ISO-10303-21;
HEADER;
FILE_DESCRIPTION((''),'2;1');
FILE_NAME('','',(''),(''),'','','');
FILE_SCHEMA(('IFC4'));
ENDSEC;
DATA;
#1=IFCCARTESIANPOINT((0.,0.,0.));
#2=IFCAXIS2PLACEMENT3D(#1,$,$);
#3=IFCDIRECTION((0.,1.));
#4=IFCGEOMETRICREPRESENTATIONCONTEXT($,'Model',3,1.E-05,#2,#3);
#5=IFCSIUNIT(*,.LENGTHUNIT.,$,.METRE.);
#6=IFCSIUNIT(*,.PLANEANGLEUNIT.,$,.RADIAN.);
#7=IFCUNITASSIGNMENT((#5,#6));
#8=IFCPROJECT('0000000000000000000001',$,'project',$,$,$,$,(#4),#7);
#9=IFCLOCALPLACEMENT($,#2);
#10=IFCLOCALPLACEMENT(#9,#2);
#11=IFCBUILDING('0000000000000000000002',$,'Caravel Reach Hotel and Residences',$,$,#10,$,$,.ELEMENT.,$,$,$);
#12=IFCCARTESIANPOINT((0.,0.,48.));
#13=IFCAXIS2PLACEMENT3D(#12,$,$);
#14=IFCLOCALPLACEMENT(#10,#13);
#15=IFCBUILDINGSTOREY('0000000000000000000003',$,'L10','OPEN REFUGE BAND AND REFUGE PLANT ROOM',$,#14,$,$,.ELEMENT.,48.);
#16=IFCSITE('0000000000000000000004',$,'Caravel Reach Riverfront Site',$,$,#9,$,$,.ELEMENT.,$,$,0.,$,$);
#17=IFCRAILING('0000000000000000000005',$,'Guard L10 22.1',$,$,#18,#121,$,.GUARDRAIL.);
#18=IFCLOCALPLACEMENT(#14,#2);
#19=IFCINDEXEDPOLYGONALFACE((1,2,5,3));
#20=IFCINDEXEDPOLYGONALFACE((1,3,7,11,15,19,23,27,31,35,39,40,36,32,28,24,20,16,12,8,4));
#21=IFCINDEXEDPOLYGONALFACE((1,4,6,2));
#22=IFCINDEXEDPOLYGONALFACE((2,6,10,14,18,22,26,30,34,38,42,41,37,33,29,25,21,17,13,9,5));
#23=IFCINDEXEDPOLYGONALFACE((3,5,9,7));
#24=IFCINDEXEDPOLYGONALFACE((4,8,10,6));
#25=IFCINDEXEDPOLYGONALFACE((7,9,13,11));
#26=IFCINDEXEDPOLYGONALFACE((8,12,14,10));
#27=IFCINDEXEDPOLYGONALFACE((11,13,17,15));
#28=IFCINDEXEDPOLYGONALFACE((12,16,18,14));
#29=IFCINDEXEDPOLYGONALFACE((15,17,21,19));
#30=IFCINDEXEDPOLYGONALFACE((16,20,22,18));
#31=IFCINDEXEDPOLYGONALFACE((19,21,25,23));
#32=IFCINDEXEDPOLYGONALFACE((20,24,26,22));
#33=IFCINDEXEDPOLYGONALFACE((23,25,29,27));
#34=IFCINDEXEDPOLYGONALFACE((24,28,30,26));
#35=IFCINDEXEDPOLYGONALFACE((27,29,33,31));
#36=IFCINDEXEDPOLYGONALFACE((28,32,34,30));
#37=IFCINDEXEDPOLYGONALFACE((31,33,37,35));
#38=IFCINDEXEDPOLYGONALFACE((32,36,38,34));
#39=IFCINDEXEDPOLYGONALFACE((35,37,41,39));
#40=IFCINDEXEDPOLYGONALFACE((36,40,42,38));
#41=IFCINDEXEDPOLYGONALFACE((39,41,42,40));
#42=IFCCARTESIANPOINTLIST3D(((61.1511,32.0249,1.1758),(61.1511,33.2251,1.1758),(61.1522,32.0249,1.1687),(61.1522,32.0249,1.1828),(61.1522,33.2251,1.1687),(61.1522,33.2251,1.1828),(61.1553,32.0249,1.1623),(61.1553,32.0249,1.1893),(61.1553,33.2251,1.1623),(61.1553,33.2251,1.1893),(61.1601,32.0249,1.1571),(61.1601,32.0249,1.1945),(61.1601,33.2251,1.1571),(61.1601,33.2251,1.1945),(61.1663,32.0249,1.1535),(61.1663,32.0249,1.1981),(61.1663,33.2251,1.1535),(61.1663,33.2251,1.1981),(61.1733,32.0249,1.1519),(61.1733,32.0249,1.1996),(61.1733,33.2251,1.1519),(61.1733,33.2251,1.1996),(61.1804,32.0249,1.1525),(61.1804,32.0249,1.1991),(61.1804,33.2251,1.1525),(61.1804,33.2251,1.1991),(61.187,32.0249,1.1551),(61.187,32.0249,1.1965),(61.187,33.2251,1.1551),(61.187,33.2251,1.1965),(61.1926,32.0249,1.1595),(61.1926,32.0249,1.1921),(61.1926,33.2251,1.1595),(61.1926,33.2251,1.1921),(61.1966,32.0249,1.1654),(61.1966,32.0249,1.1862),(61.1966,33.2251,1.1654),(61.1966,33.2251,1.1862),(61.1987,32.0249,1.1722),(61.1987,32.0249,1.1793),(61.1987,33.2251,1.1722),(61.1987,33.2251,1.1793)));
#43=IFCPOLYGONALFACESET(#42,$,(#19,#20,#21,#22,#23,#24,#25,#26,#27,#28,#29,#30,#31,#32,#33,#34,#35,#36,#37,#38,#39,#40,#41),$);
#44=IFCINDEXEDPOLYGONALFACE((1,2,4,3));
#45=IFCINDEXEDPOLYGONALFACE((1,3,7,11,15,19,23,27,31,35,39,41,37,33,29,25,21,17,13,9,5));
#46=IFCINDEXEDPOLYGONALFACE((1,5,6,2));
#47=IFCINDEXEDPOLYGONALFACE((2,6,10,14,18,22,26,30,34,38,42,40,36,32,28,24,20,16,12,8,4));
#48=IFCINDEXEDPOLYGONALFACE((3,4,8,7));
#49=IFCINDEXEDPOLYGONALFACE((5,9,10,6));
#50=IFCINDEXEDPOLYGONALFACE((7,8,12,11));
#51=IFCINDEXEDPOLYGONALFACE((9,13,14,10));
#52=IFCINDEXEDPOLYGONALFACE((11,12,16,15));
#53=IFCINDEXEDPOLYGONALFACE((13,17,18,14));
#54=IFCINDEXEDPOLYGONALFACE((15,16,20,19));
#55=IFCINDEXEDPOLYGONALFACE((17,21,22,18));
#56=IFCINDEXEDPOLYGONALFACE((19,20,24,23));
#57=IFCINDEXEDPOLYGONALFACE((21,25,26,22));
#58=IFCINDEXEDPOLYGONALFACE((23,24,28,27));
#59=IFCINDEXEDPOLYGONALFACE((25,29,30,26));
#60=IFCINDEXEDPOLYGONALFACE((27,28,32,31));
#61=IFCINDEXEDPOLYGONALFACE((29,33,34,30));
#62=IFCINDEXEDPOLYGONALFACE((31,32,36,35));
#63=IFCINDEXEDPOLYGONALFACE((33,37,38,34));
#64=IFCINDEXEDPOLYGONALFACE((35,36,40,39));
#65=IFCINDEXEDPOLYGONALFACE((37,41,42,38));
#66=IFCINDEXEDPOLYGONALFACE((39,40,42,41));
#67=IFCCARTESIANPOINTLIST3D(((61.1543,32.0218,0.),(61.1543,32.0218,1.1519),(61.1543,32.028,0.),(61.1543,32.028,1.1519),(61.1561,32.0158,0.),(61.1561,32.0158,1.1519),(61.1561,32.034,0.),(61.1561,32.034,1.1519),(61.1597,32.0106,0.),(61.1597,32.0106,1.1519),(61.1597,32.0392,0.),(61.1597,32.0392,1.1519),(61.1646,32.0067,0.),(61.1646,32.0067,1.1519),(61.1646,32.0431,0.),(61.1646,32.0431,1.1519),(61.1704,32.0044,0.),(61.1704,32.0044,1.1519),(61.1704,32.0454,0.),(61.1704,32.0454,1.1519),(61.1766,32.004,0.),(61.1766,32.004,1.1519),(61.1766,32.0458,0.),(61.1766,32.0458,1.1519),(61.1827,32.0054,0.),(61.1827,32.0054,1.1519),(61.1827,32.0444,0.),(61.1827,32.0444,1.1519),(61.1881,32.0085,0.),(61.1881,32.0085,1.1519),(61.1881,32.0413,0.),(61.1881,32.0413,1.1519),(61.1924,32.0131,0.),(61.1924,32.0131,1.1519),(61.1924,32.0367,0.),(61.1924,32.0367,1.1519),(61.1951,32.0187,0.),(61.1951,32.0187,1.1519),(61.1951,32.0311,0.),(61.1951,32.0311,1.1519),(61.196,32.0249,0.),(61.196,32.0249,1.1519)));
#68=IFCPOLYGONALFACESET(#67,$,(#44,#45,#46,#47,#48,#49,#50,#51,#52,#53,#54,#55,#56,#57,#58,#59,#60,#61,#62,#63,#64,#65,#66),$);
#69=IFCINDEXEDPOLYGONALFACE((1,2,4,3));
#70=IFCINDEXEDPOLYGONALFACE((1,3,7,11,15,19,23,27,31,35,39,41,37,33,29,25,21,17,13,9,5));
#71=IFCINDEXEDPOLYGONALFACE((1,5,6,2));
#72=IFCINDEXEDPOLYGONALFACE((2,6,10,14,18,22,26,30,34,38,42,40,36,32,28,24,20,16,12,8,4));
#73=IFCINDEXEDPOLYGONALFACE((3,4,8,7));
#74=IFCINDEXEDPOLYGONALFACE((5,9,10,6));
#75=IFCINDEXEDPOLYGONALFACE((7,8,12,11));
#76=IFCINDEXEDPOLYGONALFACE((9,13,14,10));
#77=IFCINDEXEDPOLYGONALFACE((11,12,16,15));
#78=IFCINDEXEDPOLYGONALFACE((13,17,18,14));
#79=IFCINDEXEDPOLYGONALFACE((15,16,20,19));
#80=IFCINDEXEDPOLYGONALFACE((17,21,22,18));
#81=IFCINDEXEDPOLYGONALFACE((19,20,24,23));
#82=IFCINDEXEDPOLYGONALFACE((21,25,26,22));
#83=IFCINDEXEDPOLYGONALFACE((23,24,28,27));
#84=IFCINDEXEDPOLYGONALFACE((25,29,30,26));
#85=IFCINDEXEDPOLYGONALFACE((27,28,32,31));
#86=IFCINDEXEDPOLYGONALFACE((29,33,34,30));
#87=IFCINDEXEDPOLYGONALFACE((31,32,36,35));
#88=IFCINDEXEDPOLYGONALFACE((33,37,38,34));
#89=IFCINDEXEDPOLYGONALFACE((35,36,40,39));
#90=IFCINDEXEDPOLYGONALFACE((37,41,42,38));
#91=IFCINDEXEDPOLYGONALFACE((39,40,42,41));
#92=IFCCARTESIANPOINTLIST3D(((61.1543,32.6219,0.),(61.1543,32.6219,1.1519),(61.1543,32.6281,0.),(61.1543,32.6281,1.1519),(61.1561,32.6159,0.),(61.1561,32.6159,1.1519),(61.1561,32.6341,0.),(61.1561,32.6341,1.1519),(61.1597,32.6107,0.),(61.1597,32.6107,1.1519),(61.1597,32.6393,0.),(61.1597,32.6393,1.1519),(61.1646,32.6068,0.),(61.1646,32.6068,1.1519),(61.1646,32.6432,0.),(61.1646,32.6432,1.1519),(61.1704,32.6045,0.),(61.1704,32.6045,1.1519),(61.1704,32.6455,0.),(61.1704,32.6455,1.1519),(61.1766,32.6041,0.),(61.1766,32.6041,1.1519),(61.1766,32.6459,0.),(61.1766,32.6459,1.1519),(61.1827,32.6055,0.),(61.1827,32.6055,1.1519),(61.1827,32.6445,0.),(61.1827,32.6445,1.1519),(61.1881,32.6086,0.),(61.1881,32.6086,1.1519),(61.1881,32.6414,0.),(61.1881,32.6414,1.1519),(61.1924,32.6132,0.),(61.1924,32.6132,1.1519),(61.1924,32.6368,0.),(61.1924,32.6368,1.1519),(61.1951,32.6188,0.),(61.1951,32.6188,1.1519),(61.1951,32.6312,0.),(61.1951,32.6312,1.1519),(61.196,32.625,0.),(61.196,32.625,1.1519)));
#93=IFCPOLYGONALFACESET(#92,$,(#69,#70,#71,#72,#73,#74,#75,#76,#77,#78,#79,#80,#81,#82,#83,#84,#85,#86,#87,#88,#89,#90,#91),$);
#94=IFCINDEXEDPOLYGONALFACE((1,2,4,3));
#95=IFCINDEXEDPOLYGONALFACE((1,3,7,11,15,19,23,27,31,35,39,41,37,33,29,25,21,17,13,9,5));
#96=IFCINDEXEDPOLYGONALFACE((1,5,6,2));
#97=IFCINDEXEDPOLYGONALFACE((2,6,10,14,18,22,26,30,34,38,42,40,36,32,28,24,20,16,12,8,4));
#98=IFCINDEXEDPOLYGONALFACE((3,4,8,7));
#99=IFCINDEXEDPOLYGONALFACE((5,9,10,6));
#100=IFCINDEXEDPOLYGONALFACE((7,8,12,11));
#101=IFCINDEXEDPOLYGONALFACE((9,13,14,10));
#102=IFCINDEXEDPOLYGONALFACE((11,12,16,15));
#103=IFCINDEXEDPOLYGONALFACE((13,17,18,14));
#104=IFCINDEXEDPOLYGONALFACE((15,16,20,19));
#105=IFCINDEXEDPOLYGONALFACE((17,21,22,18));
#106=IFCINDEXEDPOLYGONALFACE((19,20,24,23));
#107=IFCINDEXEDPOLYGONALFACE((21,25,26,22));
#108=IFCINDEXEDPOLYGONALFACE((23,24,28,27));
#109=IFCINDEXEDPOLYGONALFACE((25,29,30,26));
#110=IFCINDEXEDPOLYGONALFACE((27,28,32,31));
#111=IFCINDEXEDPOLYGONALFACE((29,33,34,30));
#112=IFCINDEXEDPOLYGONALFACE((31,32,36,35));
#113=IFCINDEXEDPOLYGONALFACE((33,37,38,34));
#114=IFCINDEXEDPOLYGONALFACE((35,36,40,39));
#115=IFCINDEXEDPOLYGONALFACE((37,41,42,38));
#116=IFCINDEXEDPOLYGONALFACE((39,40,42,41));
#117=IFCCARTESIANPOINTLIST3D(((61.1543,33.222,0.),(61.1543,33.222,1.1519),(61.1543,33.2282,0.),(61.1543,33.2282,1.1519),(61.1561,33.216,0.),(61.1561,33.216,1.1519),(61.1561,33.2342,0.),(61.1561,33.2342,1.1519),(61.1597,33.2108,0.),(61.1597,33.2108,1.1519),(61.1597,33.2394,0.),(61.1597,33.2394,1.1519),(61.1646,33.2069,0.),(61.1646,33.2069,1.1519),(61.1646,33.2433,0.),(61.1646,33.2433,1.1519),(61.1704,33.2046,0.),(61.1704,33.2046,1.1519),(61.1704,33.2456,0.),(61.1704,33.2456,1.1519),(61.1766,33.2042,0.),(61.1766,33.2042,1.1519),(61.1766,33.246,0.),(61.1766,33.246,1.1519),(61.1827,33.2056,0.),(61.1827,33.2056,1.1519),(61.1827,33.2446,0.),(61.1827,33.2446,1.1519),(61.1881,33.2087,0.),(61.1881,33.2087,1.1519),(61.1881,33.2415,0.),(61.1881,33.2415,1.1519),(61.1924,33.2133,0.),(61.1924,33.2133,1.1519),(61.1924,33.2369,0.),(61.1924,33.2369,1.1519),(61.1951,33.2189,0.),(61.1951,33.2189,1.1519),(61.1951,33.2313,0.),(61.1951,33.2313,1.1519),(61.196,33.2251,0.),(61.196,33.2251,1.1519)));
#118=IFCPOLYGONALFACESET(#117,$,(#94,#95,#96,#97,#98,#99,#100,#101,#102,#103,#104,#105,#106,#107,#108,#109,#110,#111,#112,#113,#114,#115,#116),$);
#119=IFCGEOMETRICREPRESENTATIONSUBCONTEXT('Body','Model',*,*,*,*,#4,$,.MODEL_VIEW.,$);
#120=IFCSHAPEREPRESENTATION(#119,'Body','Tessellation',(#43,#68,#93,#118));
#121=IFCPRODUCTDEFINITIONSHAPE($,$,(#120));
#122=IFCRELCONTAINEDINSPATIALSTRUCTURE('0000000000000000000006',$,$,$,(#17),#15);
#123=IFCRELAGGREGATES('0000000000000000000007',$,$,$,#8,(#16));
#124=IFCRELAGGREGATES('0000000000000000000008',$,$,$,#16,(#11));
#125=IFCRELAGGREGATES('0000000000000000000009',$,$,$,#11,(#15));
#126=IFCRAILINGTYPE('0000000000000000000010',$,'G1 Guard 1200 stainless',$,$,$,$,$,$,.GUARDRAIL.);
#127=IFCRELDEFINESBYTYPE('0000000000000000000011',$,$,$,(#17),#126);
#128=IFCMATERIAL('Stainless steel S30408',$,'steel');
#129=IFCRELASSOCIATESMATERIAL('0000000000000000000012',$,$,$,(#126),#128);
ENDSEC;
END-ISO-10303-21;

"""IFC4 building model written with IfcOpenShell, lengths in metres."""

from ifc_helpers import new_model, si_unit, direction, frame, origin, origin_2d, place, context, subcontext, project, spatial, circle, extrude, material, type_object, element, save


model = new_model("IFC4")

# Units and contexts
model_context = context("Model", 3, precision=1e-05, world=origin(), true_north=direction((0.0, 1.0)))
body_context = subcontext(model_context, "Body", "Model", "MODEL_VIEW")
ifc_project = project(units=[si_unit("LENGTHUNIT", "METRE"), si_unit("PLANEANGLEUNIT", "RADIAN")], contexts=[model_context])

# Site, building, storey
site_placement = place(None, origin())
site = spatial("IfcSite", under=ifc_project, at=site_placement, Name="Caravel Reach Riverfront Site", CompositionType="ELEMENT", RefElevation=0.0)
building_placement = place(site_placement, origin())
building = spatial("IfcBuilding", under=site, at=building_placement, Name="Caravel Reach Hotel and Residences", CompositionType="ELEMENT")
storey_placement = place(building_placement, frame((0.0, 0.0, 48.0)))
storey = spatial("IfcBuildingStorey", under=building, at=storey_placement, Name="L10", Description="OPEN REFUGE BAND AND REFUGE PLANT ROOM", CompositionType="ELEMENT", Elevation=48.0)

# Railing
ifc_material_1 = material(Name="Stainless steel S30408", Category="steel")
railing_type = type_object("IfcRailingType", Name="G1 Guard 1200 stainless", PredefinedType="GUARDRAIL", material=ifc_material_1)
railing_1_placement = place(storey_placement, frame((61.175, 32.0249, 0.0)))
element("IfcRailing", 1, at=railing_1_placement, inside=storey, type_object=railing_type, Name="Guard L10 22.1", PredefinedType="GUARDRAIL", context=body_context, shape_type="SweptSolid", body=[
    extrude(circle(Radius=0.0239, at=origin_2d()), frame((0.0, 0.0, 1.1758), z_axis=(0.0, 1.0, 0.0), x_axis=(-1.0, 0.0, 0.0)), (0.0, 0.0, 1.0), 1.2002),
    extrude(circle(Radius=0.021, at=origin_2d()), origin(), (0.0, 0.0, 1.0), 1.1519),
    extrude(circle(Radius=0.021, at=origin_2d()), frame((0.0, 0.6001, 0.0)), (0.0, 0.0, 1.0), 1.1519),
    extrude(circle(Radius=0.021, at=origin_2d()), frame((0.0, 1.2002, 0.0)), (0.0, 0.0, 1.0), 1.1519),
])

save(model, "model.ifc")
